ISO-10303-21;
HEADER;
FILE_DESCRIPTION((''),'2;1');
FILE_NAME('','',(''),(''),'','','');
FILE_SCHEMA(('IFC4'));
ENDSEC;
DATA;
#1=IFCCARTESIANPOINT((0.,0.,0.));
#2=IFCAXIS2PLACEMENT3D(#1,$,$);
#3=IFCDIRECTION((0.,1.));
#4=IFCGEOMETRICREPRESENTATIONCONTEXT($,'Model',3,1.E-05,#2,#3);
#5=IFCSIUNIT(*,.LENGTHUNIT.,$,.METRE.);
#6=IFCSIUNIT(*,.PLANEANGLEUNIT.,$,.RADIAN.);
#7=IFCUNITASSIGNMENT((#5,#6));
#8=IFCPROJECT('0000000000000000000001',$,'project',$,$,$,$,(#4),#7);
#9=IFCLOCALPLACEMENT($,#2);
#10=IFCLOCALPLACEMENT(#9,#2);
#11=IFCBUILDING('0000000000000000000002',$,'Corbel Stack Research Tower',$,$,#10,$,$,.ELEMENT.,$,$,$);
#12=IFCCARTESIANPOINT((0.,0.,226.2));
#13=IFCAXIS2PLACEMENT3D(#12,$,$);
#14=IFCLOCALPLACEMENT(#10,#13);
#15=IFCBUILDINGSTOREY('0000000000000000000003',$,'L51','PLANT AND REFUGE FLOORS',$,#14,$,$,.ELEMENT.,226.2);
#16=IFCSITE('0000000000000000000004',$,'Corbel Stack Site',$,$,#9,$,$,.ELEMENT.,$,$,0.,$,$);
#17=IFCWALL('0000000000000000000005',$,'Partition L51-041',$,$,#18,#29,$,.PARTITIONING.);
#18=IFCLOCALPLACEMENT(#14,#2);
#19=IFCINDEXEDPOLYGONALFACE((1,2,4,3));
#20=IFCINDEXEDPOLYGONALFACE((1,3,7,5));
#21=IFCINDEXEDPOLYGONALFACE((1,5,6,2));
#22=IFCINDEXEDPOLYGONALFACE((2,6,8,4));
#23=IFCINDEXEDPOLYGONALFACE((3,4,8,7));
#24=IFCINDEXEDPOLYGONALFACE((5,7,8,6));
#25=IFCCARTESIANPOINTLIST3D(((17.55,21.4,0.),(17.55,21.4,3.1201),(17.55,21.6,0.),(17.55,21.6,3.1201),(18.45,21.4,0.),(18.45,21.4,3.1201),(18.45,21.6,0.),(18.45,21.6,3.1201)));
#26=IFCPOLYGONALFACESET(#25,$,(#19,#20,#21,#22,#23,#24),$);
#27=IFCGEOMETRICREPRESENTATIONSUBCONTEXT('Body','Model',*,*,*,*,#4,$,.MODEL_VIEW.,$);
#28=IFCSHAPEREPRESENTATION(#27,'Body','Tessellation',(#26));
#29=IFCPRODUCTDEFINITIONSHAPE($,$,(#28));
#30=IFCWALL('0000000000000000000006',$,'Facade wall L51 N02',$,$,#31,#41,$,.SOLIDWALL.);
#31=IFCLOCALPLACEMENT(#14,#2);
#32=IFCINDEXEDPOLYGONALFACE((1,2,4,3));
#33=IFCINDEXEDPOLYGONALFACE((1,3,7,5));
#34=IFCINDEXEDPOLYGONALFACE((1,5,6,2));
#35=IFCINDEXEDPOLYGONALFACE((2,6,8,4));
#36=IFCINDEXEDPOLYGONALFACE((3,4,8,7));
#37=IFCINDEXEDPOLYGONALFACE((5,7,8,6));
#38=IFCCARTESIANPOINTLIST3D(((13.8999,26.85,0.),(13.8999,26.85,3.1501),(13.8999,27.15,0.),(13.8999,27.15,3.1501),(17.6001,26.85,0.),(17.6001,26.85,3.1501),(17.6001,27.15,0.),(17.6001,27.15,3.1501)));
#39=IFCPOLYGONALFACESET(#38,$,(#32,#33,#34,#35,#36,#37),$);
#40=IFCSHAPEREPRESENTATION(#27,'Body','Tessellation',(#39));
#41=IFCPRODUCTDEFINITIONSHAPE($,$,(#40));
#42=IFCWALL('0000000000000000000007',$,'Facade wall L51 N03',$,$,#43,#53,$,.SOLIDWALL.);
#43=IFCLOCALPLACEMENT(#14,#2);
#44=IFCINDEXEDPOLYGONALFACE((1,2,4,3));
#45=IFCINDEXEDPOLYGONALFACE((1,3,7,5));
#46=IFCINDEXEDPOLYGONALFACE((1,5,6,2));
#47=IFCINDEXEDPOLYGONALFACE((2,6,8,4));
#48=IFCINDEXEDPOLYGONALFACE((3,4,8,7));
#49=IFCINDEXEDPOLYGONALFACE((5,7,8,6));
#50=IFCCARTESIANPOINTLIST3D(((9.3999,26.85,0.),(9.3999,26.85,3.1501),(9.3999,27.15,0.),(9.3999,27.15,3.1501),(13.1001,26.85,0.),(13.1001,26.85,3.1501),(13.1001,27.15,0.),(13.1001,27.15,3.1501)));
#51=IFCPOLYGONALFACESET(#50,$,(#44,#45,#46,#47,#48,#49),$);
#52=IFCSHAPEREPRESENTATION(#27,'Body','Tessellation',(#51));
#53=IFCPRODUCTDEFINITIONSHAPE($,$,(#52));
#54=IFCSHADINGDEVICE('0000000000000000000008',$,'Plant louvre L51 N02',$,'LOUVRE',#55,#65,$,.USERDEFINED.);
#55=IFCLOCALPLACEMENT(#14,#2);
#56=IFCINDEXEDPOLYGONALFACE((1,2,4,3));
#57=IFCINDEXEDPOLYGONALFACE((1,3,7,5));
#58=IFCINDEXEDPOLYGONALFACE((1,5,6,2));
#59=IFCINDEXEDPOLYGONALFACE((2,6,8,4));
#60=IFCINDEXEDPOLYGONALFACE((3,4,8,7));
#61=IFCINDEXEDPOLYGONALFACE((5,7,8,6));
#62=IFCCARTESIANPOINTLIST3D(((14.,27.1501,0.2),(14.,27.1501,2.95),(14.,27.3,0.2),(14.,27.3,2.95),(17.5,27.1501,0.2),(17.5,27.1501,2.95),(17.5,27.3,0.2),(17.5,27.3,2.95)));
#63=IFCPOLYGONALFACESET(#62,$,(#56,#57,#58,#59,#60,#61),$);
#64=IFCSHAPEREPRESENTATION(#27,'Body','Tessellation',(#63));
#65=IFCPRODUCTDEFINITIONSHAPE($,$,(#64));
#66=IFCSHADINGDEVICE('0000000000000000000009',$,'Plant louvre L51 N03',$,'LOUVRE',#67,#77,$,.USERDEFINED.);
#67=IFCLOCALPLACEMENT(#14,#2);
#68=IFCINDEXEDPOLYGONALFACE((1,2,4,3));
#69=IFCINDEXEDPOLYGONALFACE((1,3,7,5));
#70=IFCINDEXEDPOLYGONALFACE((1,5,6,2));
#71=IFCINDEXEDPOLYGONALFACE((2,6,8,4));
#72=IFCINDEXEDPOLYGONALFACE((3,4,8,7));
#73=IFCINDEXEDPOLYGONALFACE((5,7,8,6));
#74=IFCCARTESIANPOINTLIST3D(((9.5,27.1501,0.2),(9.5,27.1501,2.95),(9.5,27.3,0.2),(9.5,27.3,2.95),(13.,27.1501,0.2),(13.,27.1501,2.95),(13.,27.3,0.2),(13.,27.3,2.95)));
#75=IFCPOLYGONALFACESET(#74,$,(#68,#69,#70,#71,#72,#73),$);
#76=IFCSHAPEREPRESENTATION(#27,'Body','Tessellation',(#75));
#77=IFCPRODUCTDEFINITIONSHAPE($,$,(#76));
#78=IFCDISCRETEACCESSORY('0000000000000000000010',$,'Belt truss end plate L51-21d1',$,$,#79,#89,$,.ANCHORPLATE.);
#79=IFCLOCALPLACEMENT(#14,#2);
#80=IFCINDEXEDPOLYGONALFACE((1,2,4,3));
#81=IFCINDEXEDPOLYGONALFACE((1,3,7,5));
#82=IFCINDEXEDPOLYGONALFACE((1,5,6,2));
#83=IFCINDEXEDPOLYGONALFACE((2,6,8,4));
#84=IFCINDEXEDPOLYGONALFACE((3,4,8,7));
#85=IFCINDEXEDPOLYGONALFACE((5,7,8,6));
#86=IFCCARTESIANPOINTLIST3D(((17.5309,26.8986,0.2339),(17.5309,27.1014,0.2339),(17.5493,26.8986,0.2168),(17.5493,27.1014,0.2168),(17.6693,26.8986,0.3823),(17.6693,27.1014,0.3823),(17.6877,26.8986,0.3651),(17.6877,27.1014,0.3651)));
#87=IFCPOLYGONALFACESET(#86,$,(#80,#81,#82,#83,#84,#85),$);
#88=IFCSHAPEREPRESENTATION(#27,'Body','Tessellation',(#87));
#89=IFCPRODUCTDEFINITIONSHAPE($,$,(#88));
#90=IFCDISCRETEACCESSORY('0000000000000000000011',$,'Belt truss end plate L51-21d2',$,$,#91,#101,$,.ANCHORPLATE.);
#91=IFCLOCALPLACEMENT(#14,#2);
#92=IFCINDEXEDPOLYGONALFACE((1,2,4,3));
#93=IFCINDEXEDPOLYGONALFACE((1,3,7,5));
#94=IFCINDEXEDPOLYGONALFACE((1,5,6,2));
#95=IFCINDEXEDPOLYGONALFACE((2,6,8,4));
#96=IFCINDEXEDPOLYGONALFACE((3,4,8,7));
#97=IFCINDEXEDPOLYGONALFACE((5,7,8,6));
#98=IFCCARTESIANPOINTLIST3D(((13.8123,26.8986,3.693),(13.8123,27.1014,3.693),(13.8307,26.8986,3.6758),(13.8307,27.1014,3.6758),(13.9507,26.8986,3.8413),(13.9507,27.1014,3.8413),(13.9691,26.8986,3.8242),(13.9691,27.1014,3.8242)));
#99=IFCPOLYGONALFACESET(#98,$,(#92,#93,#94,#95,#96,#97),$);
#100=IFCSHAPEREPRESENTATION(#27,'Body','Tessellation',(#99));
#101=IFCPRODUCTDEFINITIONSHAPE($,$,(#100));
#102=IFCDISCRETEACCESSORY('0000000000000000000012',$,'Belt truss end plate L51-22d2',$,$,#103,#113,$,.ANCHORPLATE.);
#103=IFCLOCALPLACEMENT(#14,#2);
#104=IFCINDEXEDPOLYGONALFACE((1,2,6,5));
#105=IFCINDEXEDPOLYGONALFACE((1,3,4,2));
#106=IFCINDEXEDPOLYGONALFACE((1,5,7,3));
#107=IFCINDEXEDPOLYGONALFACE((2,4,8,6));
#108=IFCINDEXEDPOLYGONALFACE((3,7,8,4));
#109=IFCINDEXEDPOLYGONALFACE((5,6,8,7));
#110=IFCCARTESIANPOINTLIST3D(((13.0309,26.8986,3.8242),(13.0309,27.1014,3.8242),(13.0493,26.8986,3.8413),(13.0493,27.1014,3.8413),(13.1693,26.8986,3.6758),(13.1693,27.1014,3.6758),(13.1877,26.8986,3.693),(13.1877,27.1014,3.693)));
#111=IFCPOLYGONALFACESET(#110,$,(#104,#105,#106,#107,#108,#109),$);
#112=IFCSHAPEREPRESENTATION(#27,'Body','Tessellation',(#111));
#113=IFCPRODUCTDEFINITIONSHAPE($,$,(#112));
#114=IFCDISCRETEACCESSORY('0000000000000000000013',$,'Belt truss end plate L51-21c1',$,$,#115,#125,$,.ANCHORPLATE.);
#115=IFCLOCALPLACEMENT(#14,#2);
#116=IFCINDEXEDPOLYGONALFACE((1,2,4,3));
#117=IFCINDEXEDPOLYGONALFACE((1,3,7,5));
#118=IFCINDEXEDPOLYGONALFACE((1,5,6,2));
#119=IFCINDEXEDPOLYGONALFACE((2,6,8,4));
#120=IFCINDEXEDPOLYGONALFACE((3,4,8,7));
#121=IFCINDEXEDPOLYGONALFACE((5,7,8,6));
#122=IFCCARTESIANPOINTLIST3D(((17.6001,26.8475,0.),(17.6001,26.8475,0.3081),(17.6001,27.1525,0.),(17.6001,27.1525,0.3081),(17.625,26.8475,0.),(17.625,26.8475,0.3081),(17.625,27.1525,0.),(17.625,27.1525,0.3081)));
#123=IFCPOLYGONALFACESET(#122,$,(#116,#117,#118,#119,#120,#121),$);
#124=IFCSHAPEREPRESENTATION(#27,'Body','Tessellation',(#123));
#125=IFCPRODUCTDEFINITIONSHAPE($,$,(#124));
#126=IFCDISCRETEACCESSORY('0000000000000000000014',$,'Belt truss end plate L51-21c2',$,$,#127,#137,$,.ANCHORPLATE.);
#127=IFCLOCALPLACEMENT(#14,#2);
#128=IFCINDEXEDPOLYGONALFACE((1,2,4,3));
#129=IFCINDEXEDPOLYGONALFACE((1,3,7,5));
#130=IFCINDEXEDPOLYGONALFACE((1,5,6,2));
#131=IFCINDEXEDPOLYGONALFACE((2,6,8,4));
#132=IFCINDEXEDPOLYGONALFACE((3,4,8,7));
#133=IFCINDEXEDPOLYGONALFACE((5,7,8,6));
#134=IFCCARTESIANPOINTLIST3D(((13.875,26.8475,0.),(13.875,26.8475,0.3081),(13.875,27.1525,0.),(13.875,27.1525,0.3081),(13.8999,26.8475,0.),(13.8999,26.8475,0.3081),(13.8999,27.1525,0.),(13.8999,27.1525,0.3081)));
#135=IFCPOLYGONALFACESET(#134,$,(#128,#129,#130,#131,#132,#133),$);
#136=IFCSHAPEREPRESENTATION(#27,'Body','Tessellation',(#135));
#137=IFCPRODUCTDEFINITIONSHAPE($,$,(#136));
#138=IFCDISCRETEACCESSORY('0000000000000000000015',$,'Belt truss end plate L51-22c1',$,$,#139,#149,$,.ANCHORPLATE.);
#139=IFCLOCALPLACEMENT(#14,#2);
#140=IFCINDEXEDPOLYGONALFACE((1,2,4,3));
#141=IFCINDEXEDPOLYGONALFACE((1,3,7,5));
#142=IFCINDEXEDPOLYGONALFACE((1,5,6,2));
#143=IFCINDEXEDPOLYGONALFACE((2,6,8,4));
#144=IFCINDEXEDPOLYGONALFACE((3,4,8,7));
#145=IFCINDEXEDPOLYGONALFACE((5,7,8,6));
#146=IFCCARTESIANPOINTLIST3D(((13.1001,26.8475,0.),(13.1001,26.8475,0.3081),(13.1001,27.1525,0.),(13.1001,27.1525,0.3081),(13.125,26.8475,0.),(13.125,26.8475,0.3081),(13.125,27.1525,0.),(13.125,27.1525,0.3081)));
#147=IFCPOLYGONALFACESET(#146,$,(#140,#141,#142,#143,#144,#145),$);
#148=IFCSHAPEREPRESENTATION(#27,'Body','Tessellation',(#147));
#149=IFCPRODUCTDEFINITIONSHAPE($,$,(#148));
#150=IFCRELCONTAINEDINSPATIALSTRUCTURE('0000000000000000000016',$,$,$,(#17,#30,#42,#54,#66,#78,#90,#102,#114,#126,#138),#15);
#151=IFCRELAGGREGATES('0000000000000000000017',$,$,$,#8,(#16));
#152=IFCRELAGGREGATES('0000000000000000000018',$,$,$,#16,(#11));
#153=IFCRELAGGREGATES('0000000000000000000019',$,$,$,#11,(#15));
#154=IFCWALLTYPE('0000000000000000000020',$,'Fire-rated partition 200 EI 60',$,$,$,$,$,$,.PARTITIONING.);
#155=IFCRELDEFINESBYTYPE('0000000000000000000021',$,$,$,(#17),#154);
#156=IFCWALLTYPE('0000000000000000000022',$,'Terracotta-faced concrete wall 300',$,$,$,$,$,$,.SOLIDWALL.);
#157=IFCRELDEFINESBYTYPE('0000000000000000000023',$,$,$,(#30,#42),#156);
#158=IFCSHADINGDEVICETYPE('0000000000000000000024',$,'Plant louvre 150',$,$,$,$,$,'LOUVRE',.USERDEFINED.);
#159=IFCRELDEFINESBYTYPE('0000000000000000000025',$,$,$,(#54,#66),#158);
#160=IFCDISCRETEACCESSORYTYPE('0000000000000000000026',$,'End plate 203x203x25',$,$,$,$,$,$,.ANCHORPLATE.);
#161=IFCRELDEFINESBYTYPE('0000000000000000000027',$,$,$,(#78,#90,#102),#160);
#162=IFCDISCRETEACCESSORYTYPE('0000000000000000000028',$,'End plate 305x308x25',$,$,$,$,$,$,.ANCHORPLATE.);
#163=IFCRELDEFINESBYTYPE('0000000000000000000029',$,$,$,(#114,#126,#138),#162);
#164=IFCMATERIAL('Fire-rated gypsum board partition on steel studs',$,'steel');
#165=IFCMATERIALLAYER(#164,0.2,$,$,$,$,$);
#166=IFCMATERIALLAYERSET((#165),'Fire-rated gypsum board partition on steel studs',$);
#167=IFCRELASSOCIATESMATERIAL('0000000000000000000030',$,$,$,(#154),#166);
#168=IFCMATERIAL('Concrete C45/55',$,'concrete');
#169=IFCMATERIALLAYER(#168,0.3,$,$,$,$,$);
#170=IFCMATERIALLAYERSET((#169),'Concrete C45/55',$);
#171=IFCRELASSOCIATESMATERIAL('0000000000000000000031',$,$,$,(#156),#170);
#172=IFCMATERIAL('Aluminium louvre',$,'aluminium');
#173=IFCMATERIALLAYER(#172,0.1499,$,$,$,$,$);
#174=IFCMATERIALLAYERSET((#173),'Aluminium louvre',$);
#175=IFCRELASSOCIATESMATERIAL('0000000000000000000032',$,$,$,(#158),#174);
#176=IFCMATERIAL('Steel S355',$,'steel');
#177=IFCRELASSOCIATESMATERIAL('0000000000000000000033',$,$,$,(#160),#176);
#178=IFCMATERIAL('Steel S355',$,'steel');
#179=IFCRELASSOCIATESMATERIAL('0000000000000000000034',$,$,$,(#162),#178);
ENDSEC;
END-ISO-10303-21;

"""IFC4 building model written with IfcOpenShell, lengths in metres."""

from ifc_helpers import new_model, si_unit, direction, frame, frame_2d, origin, origin_2d, place, context, subcontext, project, spatial, rectangle, extrude, material, layer, layer_set, material_profile, profile_set, type_object, element, save


model = new_model("IFC4")

# Units and contexts
model_context = context("Model", 3, precision=1e-05, world=origin(), true_north=direction((0.0, 1.0)))
body_context = subcontext(model_context, "Body", "Model", "MODEL_VIEW")
ifc_project = project(units=[si_unit("LENGTHUNIT", "METRE"), si_unit("PLANEANGLEUNIT", "RADIAN")], contexts=[model_context])

# Site, building, storey
site_placement = place(None, origin())
site = spatial("IfcSite", under=ifc_project, at=site_placement, Name="Corbel Stack Site", CompositionType="ELEMENT", RefElevation=0.0)
building_placement = place(site_placement, origin())
building = spatial("IfcBuilding", under=site, at=building_placement, Name="Corbel Stack Research Tower", CompositionType="ELEMENT")
storey_placement = place(building_placement, frame((0.0, 0.0, 226.2)))
storey = spatial("IfcBuildingStorey", under=building, at=storey_placement, Name="L51", Description="PLANT AND REFUGE FLOORS", CompositionType="ELEMENT", Elevation=226.2)

# Shared definitions
ifc_material_1 = material(Name="Fire-rated gypsum board partition on steel studs", Category="steel")
ifc_layer_1 = layer(ifc_material_1, 0.2)
ifc_layer_set_1 = layer_set([ifc_layer_1], Name="Fire-rated gypsum board partition on steel studs")
wall_type_1 = type_object("IfcWallType", Name="Fire-rated partition 200 EI 60", PredefinedType="PARTITIONING", material=ifc_layer_set_1)

# Walls
wall_1_placement = place(storey_placement, frame((17.55, 21.5, 0.0), z_axis=(0.0, 0.0, 1.0), x_axis=(1.0, 0.0, 0.0)))
element("IfcWall", 1, at=wall_1_placement, inside=storey, type_object=wall_type_1, Name="Partition L51-041", PredefinedType="PARTITIONING", context=body_context, shape_type="SweptSolid", body=[
    extrude(rectangle(XDim=0.8999, YDim=0.2, at=frame_2d((0.45, 0.0))), origin(), (0.0, 0.0, 1.0), 3.1201),
])
ifc_material_2 = material(Name="Concrete C45/55", Category="concrete")
ifc_layer_2 = layer(ifc_material_2, 0.3)
ifc_layer_set_2 = layer_set([ifc_layer_2], Name="Concrete C45/55")
wall_type_2 = type_object("IfcWallType", Name="Terracotta-faced concrete wall 300", PredefinedType="SOLIDWALL", material=ifc_layer_set_2)
for number, where, z_axis, x_axis, name in (
    (2, (13.8999, 27.0, 0.0), (0.0, 0.0, 1.0), (1.0, 0.0, 0.0), "Facade wall L51 N02"),
    (3, (9.3999, 27.0, 0.0), (0.0, 0.0, 1.0), (1.0, 0.0, 0.0), "Facade wall L51 N03"),
):
    element("IfcWall", number, at=place(storey_placement, frame(where, z_axis=z_axis, x_axis=x_axis)), inside=storey, type_object=wall_type_2, Name=name, PredefinedType="SOLIDWALL", context=body_context, shape_type="SweptSolid", body=[
        extrude(rectangle(XDim=3.7002, YDim=0.3, at=frame_2d((1.8501, 0.0))), origin(), (0.0, 0.0, 1.0), 3.1501),
    ])

# Shading devices
ifc_material_3 = material(Name="Aluminium louvre", Category="aluminium")
ifc_layer_3 = layer(ifc_material_3, 0.1499)
ifc_layer_set_3 = layer_set([ifc_layer_3], Name="Aluminium louvre")
shading_device_type = type_object("IfcShadingDeviceType", Name="Plant louvre 150", ElementType="LOUVRE", PredefinedType="USERDEFINED", material=ifc_layer_set_3)
for number, where, z_axis, x_axis, name in (
    (4, (15.75, 27.2251, 0.2), (0.0, 0.0, 1.0), (-1.0, 0.0, 0.0), "Plant louvre L51 N02"),
    (5, (11.25, 27.2251, 0.2), (0.0, 0.0, 1.0), (-1.0, 0.0, 0.0), "Plant louvre L51 N03"),
):
    element("IfcShadingDevice", number, at=place(storey_placement, frame(where, z_axis=z_axis, x_axis=x_axis)), inside=storey, type_object=shading_device_type, Name=name, ObjectType="LOUVRE", PredefinedType="USERDEFINED", context=body_context, shape_type="SweptSolid", body=[
        extrude(rectangle(XDim=3.5, YDim=0.1499, at=origin_2d()), origin(), (0.0, 0.0, 1.0), 2.75),
    ])

# Discrete accessories
ifc_material_4 = material(Name="Steel S355", Category="steel")
ifc_material_profile_1 = material_profile(ifc_material_4, rectangle(XDim=0.2029, YDim=0.2029, at=origin_2d()), Name="End plate 203x203x25")
ifc_profile_set_1 = profile_set([ifc_material_profile_1], Name="Steel S355")
discrete_accessory_type_1 = type_object("IfcDiscreteAccessoryType", Name="End plate 203x203x25", PredefinedType="ANCHORPLATE", material=ifc_profile_set_1)
for number, where, z_axis, x_axis, name in (
    (6, (17.6001, 27.0, 0.3081), (0.731055, 0.0, -0.682318), (0.0, 1.0, 0.0), "Belt truss end plate L51-21d1"),
    (7, (13.8999, 27.0, 3.75), (-0.731055, 0.0, 0.682318), (0.0, -1.0, 0.0), "Belt truss end plate L51-21d2"),
    (8, (13.1001, 27.0, 3.75), (0.731055, 0.0, 0.682318), (0.0, 1.0, 0.0), "Belt truss end plate L51-22d2"),
):
    element("IfcDiscreteAccessory", number, at=place(storey_placement, frame(where, z_axis=z_axis, x_axis=x_axis)), inside=storey, type_object=discrete_accessory_type_1, Name=name, PredefinedType="ANCHORPLATE", context=body_context, shape_type="SweptSolid", body=[
        extrude(rectangle(XDim=0.2029, YDim=0.2029, at=origin_2d()), origin(), (0.0, 0.0, 1.0), 0.0251),
    ])
ifc_material_5 = material(Name="Steel S355", Category="steel")
ifc_material_profile_2 = material_profile(ifc_material_5, rectangle(XDim=0.3049, YDim=0.3081, at=origin_2d()), Name="End plate 305x308x25")
ifc_profile_set_2 = profile_set([ifc_material_profile_2], Name="Steel S355")
discrete_accessory_type_2 = type_object("IfcDiscreteAccessoryType", Name="End plate 305x308x25", PredefinedType="ANCHORPLATE", material=ifc_profile_set_2)
for number, where, z_axis, x_axis, name in (
    (9, (17.6001, 27.0, 0.1541), (1.0, 0.0, 0.0), (0.0, 1.0, 0.0), "Belt truss end plate L51-21c1"),
    (10, (13.8999, 27.0, 0.1541), (-1.0, 0.0, 0.0), (0.0, -1.0, 0.0), "Belt truss end plate L51-21c2"),
    (11, (13.1001, 27.0, 0.1541), (1.0, 0.0, 0.0), (0.0, 1.0, 0.0), "Belt truss end plate L51-22c1"),
):
    element("IfcDiscreteAccessory", number, at=place(storey_placement, frame(where, z_axis=z_axis, x_axis=x_axis)), inside=storey, type_object=discrete_accessory_type_2, Name=name, PredefinedType="ANCHORPLATE", context=body_context, shape_type="SweptSolid", body=[
        extrude(rectangle(XDim=0.3049, YDim=0.3081, at=origin_2d()), origin(), (0.0, 0.0, 1.0), 0.0249),
    ])

save(model, "model.ifc")
